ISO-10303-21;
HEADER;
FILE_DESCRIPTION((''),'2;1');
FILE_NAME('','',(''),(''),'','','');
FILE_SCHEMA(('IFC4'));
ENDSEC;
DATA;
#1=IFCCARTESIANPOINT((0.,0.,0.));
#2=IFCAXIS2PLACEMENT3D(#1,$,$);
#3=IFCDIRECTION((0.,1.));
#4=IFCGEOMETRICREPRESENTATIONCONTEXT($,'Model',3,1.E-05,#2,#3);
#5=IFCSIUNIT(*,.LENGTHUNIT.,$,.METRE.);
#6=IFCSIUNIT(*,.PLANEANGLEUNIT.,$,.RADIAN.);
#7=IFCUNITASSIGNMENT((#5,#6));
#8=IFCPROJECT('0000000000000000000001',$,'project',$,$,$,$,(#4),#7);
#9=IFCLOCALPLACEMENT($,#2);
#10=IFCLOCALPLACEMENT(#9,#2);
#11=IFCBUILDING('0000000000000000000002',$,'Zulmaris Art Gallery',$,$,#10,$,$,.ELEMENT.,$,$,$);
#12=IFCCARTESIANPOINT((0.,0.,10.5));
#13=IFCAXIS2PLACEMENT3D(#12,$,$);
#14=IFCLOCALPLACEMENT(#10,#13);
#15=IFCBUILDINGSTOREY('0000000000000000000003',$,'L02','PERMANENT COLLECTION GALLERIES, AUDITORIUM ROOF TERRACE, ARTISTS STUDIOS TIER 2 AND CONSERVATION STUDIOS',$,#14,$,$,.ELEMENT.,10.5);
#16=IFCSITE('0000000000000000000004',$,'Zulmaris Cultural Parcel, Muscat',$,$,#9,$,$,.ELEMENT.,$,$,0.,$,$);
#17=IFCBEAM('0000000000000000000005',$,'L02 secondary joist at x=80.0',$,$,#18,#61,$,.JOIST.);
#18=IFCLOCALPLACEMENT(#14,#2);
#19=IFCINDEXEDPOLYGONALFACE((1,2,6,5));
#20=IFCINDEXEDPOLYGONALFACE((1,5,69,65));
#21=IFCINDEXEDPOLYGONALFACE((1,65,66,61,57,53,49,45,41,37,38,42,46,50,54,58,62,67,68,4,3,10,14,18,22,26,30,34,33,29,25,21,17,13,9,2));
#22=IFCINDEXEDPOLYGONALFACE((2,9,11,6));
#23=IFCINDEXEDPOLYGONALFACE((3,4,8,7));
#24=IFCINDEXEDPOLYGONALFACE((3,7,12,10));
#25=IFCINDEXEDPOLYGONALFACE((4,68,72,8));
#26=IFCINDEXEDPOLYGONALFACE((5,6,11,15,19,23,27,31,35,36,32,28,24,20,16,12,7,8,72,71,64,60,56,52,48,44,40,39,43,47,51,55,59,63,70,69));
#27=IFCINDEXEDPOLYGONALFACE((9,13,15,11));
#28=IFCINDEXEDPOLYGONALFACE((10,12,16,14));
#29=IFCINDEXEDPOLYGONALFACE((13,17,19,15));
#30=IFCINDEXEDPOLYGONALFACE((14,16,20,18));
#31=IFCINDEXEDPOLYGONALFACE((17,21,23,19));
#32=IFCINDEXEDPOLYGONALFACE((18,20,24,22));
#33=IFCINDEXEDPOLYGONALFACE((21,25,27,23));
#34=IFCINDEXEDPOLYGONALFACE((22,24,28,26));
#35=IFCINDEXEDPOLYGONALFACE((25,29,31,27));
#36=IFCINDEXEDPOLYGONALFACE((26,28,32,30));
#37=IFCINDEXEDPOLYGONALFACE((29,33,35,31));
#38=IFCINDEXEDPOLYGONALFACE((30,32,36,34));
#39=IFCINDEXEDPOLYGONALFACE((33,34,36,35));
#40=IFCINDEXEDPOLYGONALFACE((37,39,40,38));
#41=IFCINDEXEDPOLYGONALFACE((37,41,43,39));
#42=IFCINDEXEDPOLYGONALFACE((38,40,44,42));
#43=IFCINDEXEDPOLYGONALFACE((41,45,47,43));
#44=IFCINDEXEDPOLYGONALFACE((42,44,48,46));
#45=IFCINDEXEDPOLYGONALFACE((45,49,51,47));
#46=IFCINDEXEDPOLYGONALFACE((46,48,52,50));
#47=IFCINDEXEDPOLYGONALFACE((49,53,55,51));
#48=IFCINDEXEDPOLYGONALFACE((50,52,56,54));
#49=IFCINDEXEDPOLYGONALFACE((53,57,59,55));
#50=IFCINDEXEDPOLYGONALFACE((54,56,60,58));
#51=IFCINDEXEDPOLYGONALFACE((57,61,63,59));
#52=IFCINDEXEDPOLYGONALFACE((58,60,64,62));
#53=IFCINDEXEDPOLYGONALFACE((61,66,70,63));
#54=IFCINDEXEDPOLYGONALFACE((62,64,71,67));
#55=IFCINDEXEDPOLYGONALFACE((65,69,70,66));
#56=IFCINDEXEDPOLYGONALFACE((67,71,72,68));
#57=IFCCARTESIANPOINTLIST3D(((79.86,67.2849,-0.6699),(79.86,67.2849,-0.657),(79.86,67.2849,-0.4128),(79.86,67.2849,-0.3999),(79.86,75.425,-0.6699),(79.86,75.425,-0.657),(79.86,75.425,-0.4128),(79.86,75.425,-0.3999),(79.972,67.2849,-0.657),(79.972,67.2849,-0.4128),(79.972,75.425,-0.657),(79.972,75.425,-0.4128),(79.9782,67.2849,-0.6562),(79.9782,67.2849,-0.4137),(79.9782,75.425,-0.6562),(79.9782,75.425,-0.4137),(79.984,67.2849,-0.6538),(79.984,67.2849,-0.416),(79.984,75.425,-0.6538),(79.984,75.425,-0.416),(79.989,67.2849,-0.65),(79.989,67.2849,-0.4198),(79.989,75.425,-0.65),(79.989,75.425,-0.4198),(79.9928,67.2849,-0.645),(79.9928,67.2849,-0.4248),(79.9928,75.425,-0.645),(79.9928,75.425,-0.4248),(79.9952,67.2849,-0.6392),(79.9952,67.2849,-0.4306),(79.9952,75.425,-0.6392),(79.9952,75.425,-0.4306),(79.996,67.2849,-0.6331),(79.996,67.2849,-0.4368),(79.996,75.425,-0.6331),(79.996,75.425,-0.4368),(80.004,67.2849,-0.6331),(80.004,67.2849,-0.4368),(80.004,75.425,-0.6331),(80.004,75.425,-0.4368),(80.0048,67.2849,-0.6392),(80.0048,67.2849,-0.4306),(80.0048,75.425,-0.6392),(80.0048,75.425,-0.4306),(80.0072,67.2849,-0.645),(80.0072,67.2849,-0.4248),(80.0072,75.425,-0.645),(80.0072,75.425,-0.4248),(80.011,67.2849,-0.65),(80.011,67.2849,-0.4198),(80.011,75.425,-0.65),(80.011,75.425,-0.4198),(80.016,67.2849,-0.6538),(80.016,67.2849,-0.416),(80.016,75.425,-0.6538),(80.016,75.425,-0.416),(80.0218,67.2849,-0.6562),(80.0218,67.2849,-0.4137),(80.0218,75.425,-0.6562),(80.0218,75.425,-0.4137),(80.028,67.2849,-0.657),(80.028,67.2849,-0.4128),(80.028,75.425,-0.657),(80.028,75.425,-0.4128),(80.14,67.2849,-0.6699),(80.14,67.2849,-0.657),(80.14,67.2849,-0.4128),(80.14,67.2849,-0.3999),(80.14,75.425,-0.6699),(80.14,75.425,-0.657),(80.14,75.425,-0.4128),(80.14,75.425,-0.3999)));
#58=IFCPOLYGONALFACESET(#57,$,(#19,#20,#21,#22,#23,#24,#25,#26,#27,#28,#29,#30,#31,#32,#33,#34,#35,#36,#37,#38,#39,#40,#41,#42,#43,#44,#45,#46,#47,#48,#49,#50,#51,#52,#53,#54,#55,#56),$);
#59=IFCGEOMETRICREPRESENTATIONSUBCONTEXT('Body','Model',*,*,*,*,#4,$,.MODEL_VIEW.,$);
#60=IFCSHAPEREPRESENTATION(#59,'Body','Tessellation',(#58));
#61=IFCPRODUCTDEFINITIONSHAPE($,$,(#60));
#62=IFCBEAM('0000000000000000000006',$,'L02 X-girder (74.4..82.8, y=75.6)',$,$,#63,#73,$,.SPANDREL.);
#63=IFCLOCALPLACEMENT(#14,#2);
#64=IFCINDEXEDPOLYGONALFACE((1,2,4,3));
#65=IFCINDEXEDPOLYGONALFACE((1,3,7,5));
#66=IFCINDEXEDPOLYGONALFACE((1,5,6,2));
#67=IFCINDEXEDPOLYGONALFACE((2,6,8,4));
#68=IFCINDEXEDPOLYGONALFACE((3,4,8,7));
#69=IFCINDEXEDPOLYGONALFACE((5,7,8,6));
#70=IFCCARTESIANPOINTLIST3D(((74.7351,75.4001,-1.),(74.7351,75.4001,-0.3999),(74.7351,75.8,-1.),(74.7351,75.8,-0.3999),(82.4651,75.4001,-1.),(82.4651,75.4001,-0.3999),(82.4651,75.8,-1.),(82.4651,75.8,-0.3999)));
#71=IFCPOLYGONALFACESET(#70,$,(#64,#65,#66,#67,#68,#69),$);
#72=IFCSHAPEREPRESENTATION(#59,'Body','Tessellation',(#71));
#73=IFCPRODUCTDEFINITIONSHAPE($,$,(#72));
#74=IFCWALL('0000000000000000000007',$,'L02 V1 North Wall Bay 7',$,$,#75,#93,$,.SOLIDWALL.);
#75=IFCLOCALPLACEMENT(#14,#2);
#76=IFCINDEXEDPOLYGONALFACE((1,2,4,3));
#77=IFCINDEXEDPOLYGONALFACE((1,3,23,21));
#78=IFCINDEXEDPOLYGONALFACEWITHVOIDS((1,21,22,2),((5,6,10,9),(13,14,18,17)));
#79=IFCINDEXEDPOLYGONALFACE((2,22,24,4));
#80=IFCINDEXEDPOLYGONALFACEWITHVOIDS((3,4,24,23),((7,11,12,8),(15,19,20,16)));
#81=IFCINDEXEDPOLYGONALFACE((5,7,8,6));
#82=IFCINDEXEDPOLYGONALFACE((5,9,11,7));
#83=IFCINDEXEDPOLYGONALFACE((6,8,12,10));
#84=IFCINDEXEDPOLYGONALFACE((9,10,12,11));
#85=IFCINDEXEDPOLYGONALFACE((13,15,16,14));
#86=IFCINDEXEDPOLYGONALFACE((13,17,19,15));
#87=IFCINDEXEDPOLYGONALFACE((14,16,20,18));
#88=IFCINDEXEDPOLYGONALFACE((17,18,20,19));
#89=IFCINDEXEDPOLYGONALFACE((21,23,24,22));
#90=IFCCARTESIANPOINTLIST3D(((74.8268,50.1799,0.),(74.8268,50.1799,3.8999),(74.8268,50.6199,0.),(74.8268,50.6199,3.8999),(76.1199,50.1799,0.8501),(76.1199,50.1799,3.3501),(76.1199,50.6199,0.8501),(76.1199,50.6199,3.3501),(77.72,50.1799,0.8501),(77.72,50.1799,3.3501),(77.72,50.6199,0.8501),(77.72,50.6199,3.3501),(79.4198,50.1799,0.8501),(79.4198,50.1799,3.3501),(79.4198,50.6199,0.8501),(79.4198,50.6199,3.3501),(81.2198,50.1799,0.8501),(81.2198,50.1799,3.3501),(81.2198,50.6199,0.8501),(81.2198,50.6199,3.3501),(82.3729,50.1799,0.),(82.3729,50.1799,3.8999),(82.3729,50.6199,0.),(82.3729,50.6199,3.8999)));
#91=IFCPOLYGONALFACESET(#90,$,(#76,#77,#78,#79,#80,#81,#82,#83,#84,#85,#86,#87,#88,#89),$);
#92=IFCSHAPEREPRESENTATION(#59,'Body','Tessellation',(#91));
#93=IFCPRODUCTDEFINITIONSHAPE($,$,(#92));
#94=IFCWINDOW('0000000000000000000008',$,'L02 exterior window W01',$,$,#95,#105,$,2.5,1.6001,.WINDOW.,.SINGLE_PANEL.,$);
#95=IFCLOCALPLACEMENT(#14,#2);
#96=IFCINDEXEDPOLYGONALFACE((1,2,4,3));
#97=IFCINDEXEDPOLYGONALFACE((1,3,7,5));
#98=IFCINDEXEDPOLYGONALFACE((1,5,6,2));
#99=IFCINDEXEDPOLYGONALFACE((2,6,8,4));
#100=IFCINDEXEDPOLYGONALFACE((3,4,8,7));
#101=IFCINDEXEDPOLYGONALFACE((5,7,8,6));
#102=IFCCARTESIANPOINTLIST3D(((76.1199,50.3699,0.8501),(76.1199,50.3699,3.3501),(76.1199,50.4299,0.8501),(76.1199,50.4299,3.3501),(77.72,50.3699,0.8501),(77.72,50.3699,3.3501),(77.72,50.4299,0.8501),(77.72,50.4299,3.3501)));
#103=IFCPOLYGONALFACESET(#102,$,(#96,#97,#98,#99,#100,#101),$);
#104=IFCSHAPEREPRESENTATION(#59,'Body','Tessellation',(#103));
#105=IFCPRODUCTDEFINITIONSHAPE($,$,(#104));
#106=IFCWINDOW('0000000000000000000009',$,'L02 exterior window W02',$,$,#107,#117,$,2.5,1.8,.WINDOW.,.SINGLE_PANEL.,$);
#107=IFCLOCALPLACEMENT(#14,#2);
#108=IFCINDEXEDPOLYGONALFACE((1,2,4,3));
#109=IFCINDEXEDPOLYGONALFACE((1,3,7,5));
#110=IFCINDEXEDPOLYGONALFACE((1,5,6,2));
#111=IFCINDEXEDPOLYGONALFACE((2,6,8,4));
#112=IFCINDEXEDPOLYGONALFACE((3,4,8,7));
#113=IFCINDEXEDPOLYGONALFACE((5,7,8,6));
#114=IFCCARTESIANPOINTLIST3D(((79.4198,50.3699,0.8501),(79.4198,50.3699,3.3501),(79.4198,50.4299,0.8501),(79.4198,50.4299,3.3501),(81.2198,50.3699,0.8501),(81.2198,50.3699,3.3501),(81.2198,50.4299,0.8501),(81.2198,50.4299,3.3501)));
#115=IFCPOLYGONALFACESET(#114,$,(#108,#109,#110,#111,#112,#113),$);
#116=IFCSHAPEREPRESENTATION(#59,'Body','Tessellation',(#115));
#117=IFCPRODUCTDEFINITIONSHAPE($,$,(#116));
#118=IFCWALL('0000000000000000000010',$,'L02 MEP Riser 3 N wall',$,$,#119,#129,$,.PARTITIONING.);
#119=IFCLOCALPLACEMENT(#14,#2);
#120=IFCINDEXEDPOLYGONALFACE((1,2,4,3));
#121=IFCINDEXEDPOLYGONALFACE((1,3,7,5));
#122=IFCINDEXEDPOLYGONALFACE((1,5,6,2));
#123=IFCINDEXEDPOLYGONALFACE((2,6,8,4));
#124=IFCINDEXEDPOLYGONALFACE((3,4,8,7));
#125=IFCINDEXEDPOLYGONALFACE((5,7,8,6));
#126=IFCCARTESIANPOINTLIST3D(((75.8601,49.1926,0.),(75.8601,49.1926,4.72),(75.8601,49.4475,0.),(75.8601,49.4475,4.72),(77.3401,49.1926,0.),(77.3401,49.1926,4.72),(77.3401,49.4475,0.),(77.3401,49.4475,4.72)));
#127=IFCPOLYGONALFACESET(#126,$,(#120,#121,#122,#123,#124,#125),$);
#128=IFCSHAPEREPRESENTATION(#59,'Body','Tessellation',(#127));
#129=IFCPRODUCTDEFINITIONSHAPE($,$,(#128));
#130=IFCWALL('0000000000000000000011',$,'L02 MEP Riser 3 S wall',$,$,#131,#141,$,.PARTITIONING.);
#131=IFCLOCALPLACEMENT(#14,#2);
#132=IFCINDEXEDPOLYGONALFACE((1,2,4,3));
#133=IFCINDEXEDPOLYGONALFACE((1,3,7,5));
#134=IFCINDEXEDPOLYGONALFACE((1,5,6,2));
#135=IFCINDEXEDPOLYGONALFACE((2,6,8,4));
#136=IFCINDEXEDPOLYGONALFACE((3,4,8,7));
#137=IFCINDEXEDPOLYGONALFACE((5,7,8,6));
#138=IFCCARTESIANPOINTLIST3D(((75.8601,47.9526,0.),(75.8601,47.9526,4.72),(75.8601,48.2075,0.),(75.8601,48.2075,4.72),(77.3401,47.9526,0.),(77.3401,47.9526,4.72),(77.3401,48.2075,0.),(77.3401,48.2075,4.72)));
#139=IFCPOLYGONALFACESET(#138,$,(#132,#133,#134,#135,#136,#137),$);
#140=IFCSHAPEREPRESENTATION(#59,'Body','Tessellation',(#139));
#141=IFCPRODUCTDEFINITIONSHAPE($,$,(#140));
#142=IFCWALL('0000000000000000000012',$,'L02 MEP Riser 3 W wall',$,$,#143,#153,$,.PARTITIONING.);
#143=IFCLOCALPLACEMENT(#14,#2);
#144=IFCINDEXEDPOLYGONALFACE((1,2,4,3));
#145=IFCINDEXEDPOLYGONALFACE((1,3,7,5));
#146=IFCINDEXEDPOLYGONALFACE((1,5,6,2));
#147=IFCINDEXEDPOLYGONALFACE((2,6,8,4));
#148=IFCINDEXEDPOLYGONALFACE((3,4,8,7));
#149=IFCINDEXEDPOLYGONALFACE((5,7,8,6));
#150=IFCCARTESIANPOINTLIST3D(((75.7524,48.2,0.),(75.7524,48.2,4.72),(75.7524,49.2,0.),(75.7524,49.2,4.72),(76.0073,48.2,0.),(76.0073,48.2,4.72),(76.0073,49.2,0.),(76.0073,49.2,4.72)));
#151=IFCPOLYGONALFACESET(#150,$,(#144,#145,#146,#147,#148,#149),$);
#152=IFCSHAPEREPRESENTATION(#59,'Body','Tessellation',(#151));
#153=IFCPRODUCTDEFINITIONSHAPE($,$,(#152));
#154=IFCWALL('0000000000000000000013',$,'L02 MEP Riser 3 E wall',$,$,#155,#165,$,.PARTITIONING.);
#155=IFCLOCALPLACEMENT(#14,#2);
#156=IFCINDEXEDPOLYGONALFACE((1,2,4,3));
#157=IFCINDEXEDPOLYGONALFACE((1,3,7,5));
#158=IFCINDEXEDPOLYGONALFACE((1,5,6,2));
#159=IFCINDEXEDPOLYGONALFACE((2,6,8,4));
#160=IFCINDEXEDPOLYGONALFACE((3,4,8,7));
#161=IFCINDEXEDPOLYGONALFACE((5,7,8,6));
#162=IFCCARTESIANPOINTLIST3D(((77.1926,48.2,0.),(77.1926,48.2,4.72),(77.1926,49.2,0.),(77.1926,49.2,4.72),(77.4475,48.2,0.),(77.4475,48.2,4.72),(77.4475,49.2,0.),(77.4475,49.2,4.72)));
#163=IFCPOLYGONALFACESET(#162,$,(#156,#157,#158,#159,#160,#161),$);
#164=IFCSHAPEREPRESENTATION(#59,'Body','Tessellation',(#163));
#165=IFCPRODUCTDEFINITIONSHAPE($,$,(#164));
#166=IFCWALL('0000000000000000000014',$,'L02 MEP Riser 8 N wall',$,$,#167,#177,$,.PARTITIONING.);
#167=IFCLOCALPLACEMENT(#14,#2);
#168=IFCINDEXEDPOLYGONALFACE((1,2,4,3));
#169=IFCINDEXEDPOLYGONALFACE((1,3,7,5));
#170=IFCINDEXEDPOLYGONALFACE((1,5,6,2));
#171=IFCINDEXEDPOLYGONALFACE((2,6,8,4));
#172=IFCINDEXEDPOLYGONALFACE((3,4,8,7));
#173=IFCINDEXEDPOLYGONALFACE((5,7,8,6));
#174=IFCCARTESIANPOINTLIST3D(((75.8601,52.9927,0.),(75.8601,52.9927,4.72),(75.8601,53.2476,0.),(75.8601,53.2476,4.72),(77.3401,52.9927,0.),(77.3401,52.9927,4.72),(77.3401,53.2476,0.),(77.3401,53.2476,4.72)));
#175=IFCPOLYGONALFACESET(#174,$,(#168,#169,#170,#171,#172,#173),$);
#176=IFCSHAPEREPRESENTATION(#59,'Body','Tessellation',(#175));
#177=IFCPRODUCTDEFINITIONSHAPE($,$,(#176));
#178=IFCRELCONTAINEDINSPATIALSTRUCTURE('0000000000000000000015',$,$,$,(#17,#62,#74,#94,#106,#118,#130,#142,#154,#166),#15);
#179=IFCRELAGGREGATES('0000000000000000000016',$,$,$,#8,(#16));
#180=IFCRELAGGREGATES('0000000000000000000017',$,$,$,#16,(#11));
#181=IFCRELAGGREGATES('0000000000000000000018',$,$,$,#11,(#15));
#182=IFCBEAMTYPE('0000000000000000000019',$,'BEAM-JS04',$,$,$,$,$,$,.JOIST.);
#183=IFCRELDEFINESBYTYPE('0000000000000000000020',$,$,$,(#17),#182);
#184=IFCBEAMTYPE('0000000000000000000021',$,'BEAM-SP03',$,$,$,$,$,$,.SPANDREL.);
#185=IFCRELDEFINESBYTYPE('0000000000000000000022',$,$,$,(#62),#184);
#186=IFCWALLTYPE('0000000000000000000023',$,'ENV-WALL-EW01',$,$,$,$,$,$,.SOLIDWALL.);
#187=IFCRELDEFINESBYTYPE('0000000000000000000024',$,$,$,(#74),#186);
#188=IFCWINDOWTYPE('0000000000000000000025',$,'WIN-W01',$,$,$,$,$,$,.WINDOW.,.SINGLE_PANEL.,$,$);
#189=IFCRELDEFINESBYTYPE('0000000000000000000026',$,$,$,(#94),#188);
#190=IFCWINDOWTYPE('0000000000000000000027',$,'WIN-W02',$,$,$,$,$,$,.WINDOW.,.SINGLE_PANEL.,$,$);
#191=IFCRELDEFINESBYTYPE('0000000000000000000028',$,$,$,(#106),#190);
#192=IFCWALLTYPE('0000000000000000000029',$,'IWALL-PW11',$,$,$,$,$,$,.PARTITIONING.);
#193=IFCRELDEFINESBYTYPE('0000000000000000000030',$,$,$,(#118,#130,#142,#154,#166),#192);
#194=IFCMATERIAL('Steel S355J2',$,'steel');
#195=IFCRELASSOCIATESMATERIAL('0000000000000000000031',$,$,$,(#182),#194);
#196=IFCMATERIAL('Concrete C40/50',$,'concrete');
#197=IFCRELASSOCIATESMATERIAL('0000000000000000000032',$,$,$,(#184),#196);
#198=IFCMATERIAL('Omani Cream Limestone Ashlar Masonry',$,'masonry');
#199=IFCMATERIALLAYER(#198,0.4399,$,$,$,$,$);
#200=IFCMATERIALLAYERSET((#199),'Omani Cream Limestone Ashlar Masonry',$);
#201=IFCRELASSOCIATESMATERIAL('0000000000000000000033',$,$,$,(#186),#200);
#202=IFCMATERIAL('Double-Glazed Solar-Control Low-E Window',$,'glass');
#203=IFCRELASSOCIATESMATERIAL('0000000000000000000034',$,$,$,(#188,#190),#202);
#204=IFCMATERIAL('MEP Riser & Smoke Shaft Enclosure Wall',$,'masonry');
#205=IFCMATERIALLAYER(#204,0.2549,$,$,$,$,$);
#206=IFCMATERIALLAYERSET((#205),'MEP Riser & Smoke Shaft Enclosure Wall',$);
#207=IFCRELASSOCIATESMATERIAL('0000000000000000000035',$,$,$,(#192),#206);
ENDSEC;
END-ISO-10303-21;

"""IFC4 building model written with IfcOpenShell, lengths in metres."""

from ifc_helpers import new_model, si_unit, direction, frame, frame_2d, origin, origin_2d, place, context, subcontext, project, spatial, rectangle, i_section, extrude, material, layer, layer_set, material_profile, profile_set, type_object, element, fill, save


model = new_model("IFC4")

# Units and contexts
model_context = context("Model", 3, precision=1e-05, world=origin(), true_north=direction((0.0, 1.0)))
body_context = subcontext(model_context, "Body", "Model", "MODEL_VIEW")
ifc_project = project(units=[si_unit("LENGTHUNIT", "METRE"), si_unit("PLANEANGLEUNIT", "RADIAN")], contexts=[model_context])

# Site, building, storey
site_placement = place(None, origin())
site = spatial("IfcSite", under=ifc_project, at=site_placement, Name="Zulmaris Cultural Parcel, Muscat", CompositionType="ELEMENT", RefElevation=0.0)
building_placement = place(site_placement, origin())
building = spatial("IfcBuilding", under=site, at=building_placement, Name="Zulmaris Art Gallery", CompositionType="ELEMENT")
storey_placement = place(building_placement, frame((0.0, 0.0, 10.5)))
storey = spatial("IfcBuildingStorey", under=building, at=storey_placement, Name="L02", Description="PERMANENT COLLECTION GALLERIES, AUDITORIUM ROOF TERRACE, ARTISTS STUDIOS TIER 2 AND CONSERVATION STUDIOS", CompositionType="ELEMENT", Elevation=10.5)

# Shared definitions
ifc_material_1 = material(Name="Concrete C40/50", Category="concrete")

# Beams
ifc_material_2 = material(Name="Steel S355J2", Category="steel")
ifc_material_profile_1 = material_profile(ifc_material_2, i_section(OverallWidth=0.28, OverallDepth=0.27, WebThickness=0.0081, FlangeThickness=0.0129, FilletRadius=0.0239, at=origin_2d()), Name="HEA 280")
ifc_profile_set_1 = profile_set([ifc_material_profile_1], Name="Steel S355J2")
beam_type_1 = type_object("IfcBeamType", Name="BEAM-JS04", PredefinedType="JOIST", material=ifc_profile_set_1)
beam_1_placement = place(storey_placement, frame((80.0, 67.2849, -0.5349), z_axis=(0.0, 1.0, 0.0), x_axis=(-1.0, 0.0, 0.0)))
element("IfcBeam", 1, at=beam_1_placement, inside=storey, type_object=beam_type_1, Name="L02 secondary joist at x=80.0", PredefinedType="JOIST", context=body_context, shape_type="SweptSolid", body=[
    extrude(i_section(OverallWidth=0.28, OverallDepth=0.27, WebThickness=0.0081, FlangeThickness=0.0129, FilletRadius=0.0239, at=origin_2d()), origin(), (0.0, 0.0, 1.0), 8.1401),
])
ifc_material_profile_2 = material_profile(ifc_material_1, rectangle(XDim=0.3999, YDim=0.6001, at=origin_2d()), Name="RC 400x600")
ifc_profile_set_2 = profile_set([ifc_material_profile_2], Name="Concrete C40/50")
beam_type_2 = type_object("IfcBeamType", Name="BEAM-SP03", PredefinedType="SPANDREL", material=ifc_profile_set_2)
beam_2_placement = place(storey_placement, frame((74.7351, 75.6001, -0.7), z_axis=(1.0, 0.0, 0.0), x_axis=(0.0, 1.0, 0.0)))
element("IfcBeam", 2, at=beam_2_placement, inside=storey, type_object=beam_type_2, Name="L02 X-girder (74.4..82.8, y=75.6)", PredefinedType="SPANDREL", context=body_context, shape_type="SweptSolid", body=[
    extrude(rectangle(XDim=0.3999, YDim=0.6001, at=origin_2d()), origin(), (0.0, 0.0, 1.0), 7.73),
])

# Wall, openings, windows
ifc_material_3 = material(Name="Omani Cream Limestone Ashlar Masonry", Category="masonry")
ifc_layer_1 = layer(ifc_material_3, 0.4399)
ifc_layer_set_1 = layer_set([ifc_layer_1], Name="Omani Cream Limestone Ashlar Masonry")
wall_type_1 = type_object("IfcWallType", Name="ENV-WALL-EW01", PredefinedType="SOLIDWALL", material=ifc_layer_set_1)
wall_1_placement = place(storey_placement, frame((74.8269, 50.3999, 0.0), z_axis=(0.0, 0.0, 1.0), x_axis=(1.0, 0.0, 0.0)))
wall_1 = element("IfcWall", 3, at=wall_1_placement, inside=storey, type_object=wall_type_1, Name="L02 V1 North Wall Bay 7", PredefinedType="SOLIDWALL", context=body_context, shape_type="SweptSolid", body=[
    extrude(rectangle(XDim=7.5461, YDim=0.4399, at=frame_2d((3.7729, 0.0))), origin(), (0.0, 0.0, 1.0), 3.8999),
])
opening_1_placement = place(wall_1_placement, frame((1.293, 0.0, 0.8501)))
opening_1 = element("IfcOpeningElement", 4, at=opening_1_placement, cuts=wall_1, PredefinedType="OPENING", context=body_context, shape_type="SweptSolid", body=[
    extrude(rectangle(XDim=1.6001, YDim=2.5, at=frame_2d((0.8, 1.25))), frame((0.0, 0.23, 0.0), z_axis=(0.0, -1.0, 0.0), x_axis=(1.0, 0.0, 0.0)), (0.0, 0.0, 1.0), 0.46),
])
opening_2_placement = place(wall_1_placement, frame((4.593, 0.0, 0.8501)))
opening_2 = element("IfcOpeningElement", 5, at=opening_2_placement, cuts=wall_1, PredefinedType="OPENING", context=body_context, shape_type="SweptSolid", body=[
    extrude(rectangle(XDim=1.8, YDim=2.5, at=frame_2d((0.8999, 1.25))), frame((0.0, 0.23, 0.0), z_axis=(0.0, -1.0, 0.0), x_axis=(1.0, 0.0, 0.0)), (0.0, 0.0, 1.0), 0.46),
])
ifc_material_4 = material(Name="Double-Glazed Solar-Control Low-E Window", Category="glass")
window_type_1 = type_object("IfcWindowType", Name="WIN-W01", PartitioningType="SINGLE_PANEL", PredefinedType="WINDOW", material=ifc_material_4)
window_1_placement = place(opening_1_placement, origin())
window_1 = element("IfcWindow", 6, at=window_1_placement, inside=storey, type_object=window_type_1, Name="L02 exterior window W01", OverallHeight=2.5, OverallWidth=1.6001, PartitioningType="SINGLE_PANEL", PredefinedType="WINDOW", context=body_context, shape_type="SweptSolid", body=[
    extrude(rectangle(XDim=1.6001, YDim=2.5, at=frame_2d((0.8, 1.25))), frame((0.0, 0.03, 0.0), z_axis=(0.0, -1.0, 0.0), x_axis=(1.0, 0.0, 0.0)), (0.0, 0.0, 1.0), 0.0601),
])
fill(opening_1, window_1)
window_type_2 = type_object("IfcWindowType", Name="WIN-W02", PartitioningType="SINGLE_PANEL", PredefinedType="WINDOW", material=ifc_material_4)
window_2_placement = place(opening_2_placement, origin())
window_2 = element("IfcWindow", 7, at=window_2_placement, inside=storey, type_object=window_type_2, Name="L02 exterior window W02", OverallHeight=2.5, OverallWidth=1.8, PartitioningType="SINGLE_PANEL", PredefinedType="WINDOW", context=body_context, shape_type="SweptSolid", body=[
    extrude(rectangle(XDim=1.8, YDim=2.5, at=frame_2d((0.8999, 1.25))), frame((0.0, 0.03, 0.0), z_axis=(0.0, -1.0, 0.0), x_axis=(1.0, 0.0, 0.0)), (0.0, 0.0, 1.0), 0.0601),
])
fill(opening_2, window_2)

# Walls
ifc_material_5 = material(Name="MEP Riser & Smoke Shaft Enclosure Wall", Category="masonry")
ifc_layer_2 = layer(ifc_material_5, 0.2549)
ifc_layer_set_2 = layer_set([ifc_layer_2], Name="MEP Riser & Smoke Shaft Enclosure Wall")
wall_type_2 = type_object("IfcWallType", Name="IWALL-PW11", PredefinedType="PARTITIONING", material=ifc_layer_set_2)
for number, where, z_axis, x_axis, name in (
    (8, (75.8601, 49.3201, 0.0), (0.0, 0.0, 1.0), (1.0, 0.0, 0.0), "L02 MEP Riser 3 N wall"),
    (9, (75.8601, 48.0801, 0.0), (0.0, 0.0, 1.0), (1.0, 0.0, 0.0), "L02 MEP Riser 3 S wall"),
):
    element("IfcWall", number, at=place(storey_placement, frame(where, z_axis=z_axis, x_axis=x_axis)), inside=storey, type_object=wall_type_2, Name=name, PredefinedType="PARTITIONING", context=body_context, shape_type="SweptSolid", body=[
        extrude(rectangle(XDim=1.48, YDim=0.2549, at=frame_2d((0.74, 0.0))), origin(), (0.0, 0.0, 1.0), 4.72),
    ])
for number, where, z_axis, x_axis, name in (
    (10, (75.8799, 48.2, 0.0), (0.0, 0.0, 1.0), (0.0, 1.0, 0.0), "L02 MEP Riser 3 W wall"),
    (11, (77.3201, 48.2, 0.0), (0.0, 0.0, 1.0), (0.0, 1.0, 0.0), "L02 MEP Riser 3 E wall"),
):
    element("IfcWall", number, at=place(storey_placement, frame(where, z_axis=z_axis, x_axis=x_axis)), inside=storey, type_object=wall_type_2, Name=name, PredefinedType="PARTITIONING", context=body_context, shape_type="SweptSolid", body=[
        extrude(rectangle(XDim=1.0, YDim=0.2549, at=frame_2d((0.5, 0.0))), origin(), (0.0, 0.0, 1.0), 4.72),
    ])
for number, where, z_axis, x_axis, name in (
    (12, (75.8601, 53.1201, 0.0), (0.0, 0.0, 1.0), (1.0, 0.0, 0.0), "L02 MEP Riser 8 N wall"),
):
    element("IfcWall", number, at=place(storey_placement, frame(where, z_axis=z_axis, x_axis=x_axis)), inside=storey, type_object=wall_type_2, Name=name, PredefinedType="PARTITIONING", context=body_context, shape_type="SweptSolid", body=[
        extrude(rectangle(XDim=1.48, YDim=0.2549, at=frame_2d((0.74, 0.0))), origin(), (0.0, 0.0, 1.0), 4.72),
    ])

save(model, "model.ifc")
